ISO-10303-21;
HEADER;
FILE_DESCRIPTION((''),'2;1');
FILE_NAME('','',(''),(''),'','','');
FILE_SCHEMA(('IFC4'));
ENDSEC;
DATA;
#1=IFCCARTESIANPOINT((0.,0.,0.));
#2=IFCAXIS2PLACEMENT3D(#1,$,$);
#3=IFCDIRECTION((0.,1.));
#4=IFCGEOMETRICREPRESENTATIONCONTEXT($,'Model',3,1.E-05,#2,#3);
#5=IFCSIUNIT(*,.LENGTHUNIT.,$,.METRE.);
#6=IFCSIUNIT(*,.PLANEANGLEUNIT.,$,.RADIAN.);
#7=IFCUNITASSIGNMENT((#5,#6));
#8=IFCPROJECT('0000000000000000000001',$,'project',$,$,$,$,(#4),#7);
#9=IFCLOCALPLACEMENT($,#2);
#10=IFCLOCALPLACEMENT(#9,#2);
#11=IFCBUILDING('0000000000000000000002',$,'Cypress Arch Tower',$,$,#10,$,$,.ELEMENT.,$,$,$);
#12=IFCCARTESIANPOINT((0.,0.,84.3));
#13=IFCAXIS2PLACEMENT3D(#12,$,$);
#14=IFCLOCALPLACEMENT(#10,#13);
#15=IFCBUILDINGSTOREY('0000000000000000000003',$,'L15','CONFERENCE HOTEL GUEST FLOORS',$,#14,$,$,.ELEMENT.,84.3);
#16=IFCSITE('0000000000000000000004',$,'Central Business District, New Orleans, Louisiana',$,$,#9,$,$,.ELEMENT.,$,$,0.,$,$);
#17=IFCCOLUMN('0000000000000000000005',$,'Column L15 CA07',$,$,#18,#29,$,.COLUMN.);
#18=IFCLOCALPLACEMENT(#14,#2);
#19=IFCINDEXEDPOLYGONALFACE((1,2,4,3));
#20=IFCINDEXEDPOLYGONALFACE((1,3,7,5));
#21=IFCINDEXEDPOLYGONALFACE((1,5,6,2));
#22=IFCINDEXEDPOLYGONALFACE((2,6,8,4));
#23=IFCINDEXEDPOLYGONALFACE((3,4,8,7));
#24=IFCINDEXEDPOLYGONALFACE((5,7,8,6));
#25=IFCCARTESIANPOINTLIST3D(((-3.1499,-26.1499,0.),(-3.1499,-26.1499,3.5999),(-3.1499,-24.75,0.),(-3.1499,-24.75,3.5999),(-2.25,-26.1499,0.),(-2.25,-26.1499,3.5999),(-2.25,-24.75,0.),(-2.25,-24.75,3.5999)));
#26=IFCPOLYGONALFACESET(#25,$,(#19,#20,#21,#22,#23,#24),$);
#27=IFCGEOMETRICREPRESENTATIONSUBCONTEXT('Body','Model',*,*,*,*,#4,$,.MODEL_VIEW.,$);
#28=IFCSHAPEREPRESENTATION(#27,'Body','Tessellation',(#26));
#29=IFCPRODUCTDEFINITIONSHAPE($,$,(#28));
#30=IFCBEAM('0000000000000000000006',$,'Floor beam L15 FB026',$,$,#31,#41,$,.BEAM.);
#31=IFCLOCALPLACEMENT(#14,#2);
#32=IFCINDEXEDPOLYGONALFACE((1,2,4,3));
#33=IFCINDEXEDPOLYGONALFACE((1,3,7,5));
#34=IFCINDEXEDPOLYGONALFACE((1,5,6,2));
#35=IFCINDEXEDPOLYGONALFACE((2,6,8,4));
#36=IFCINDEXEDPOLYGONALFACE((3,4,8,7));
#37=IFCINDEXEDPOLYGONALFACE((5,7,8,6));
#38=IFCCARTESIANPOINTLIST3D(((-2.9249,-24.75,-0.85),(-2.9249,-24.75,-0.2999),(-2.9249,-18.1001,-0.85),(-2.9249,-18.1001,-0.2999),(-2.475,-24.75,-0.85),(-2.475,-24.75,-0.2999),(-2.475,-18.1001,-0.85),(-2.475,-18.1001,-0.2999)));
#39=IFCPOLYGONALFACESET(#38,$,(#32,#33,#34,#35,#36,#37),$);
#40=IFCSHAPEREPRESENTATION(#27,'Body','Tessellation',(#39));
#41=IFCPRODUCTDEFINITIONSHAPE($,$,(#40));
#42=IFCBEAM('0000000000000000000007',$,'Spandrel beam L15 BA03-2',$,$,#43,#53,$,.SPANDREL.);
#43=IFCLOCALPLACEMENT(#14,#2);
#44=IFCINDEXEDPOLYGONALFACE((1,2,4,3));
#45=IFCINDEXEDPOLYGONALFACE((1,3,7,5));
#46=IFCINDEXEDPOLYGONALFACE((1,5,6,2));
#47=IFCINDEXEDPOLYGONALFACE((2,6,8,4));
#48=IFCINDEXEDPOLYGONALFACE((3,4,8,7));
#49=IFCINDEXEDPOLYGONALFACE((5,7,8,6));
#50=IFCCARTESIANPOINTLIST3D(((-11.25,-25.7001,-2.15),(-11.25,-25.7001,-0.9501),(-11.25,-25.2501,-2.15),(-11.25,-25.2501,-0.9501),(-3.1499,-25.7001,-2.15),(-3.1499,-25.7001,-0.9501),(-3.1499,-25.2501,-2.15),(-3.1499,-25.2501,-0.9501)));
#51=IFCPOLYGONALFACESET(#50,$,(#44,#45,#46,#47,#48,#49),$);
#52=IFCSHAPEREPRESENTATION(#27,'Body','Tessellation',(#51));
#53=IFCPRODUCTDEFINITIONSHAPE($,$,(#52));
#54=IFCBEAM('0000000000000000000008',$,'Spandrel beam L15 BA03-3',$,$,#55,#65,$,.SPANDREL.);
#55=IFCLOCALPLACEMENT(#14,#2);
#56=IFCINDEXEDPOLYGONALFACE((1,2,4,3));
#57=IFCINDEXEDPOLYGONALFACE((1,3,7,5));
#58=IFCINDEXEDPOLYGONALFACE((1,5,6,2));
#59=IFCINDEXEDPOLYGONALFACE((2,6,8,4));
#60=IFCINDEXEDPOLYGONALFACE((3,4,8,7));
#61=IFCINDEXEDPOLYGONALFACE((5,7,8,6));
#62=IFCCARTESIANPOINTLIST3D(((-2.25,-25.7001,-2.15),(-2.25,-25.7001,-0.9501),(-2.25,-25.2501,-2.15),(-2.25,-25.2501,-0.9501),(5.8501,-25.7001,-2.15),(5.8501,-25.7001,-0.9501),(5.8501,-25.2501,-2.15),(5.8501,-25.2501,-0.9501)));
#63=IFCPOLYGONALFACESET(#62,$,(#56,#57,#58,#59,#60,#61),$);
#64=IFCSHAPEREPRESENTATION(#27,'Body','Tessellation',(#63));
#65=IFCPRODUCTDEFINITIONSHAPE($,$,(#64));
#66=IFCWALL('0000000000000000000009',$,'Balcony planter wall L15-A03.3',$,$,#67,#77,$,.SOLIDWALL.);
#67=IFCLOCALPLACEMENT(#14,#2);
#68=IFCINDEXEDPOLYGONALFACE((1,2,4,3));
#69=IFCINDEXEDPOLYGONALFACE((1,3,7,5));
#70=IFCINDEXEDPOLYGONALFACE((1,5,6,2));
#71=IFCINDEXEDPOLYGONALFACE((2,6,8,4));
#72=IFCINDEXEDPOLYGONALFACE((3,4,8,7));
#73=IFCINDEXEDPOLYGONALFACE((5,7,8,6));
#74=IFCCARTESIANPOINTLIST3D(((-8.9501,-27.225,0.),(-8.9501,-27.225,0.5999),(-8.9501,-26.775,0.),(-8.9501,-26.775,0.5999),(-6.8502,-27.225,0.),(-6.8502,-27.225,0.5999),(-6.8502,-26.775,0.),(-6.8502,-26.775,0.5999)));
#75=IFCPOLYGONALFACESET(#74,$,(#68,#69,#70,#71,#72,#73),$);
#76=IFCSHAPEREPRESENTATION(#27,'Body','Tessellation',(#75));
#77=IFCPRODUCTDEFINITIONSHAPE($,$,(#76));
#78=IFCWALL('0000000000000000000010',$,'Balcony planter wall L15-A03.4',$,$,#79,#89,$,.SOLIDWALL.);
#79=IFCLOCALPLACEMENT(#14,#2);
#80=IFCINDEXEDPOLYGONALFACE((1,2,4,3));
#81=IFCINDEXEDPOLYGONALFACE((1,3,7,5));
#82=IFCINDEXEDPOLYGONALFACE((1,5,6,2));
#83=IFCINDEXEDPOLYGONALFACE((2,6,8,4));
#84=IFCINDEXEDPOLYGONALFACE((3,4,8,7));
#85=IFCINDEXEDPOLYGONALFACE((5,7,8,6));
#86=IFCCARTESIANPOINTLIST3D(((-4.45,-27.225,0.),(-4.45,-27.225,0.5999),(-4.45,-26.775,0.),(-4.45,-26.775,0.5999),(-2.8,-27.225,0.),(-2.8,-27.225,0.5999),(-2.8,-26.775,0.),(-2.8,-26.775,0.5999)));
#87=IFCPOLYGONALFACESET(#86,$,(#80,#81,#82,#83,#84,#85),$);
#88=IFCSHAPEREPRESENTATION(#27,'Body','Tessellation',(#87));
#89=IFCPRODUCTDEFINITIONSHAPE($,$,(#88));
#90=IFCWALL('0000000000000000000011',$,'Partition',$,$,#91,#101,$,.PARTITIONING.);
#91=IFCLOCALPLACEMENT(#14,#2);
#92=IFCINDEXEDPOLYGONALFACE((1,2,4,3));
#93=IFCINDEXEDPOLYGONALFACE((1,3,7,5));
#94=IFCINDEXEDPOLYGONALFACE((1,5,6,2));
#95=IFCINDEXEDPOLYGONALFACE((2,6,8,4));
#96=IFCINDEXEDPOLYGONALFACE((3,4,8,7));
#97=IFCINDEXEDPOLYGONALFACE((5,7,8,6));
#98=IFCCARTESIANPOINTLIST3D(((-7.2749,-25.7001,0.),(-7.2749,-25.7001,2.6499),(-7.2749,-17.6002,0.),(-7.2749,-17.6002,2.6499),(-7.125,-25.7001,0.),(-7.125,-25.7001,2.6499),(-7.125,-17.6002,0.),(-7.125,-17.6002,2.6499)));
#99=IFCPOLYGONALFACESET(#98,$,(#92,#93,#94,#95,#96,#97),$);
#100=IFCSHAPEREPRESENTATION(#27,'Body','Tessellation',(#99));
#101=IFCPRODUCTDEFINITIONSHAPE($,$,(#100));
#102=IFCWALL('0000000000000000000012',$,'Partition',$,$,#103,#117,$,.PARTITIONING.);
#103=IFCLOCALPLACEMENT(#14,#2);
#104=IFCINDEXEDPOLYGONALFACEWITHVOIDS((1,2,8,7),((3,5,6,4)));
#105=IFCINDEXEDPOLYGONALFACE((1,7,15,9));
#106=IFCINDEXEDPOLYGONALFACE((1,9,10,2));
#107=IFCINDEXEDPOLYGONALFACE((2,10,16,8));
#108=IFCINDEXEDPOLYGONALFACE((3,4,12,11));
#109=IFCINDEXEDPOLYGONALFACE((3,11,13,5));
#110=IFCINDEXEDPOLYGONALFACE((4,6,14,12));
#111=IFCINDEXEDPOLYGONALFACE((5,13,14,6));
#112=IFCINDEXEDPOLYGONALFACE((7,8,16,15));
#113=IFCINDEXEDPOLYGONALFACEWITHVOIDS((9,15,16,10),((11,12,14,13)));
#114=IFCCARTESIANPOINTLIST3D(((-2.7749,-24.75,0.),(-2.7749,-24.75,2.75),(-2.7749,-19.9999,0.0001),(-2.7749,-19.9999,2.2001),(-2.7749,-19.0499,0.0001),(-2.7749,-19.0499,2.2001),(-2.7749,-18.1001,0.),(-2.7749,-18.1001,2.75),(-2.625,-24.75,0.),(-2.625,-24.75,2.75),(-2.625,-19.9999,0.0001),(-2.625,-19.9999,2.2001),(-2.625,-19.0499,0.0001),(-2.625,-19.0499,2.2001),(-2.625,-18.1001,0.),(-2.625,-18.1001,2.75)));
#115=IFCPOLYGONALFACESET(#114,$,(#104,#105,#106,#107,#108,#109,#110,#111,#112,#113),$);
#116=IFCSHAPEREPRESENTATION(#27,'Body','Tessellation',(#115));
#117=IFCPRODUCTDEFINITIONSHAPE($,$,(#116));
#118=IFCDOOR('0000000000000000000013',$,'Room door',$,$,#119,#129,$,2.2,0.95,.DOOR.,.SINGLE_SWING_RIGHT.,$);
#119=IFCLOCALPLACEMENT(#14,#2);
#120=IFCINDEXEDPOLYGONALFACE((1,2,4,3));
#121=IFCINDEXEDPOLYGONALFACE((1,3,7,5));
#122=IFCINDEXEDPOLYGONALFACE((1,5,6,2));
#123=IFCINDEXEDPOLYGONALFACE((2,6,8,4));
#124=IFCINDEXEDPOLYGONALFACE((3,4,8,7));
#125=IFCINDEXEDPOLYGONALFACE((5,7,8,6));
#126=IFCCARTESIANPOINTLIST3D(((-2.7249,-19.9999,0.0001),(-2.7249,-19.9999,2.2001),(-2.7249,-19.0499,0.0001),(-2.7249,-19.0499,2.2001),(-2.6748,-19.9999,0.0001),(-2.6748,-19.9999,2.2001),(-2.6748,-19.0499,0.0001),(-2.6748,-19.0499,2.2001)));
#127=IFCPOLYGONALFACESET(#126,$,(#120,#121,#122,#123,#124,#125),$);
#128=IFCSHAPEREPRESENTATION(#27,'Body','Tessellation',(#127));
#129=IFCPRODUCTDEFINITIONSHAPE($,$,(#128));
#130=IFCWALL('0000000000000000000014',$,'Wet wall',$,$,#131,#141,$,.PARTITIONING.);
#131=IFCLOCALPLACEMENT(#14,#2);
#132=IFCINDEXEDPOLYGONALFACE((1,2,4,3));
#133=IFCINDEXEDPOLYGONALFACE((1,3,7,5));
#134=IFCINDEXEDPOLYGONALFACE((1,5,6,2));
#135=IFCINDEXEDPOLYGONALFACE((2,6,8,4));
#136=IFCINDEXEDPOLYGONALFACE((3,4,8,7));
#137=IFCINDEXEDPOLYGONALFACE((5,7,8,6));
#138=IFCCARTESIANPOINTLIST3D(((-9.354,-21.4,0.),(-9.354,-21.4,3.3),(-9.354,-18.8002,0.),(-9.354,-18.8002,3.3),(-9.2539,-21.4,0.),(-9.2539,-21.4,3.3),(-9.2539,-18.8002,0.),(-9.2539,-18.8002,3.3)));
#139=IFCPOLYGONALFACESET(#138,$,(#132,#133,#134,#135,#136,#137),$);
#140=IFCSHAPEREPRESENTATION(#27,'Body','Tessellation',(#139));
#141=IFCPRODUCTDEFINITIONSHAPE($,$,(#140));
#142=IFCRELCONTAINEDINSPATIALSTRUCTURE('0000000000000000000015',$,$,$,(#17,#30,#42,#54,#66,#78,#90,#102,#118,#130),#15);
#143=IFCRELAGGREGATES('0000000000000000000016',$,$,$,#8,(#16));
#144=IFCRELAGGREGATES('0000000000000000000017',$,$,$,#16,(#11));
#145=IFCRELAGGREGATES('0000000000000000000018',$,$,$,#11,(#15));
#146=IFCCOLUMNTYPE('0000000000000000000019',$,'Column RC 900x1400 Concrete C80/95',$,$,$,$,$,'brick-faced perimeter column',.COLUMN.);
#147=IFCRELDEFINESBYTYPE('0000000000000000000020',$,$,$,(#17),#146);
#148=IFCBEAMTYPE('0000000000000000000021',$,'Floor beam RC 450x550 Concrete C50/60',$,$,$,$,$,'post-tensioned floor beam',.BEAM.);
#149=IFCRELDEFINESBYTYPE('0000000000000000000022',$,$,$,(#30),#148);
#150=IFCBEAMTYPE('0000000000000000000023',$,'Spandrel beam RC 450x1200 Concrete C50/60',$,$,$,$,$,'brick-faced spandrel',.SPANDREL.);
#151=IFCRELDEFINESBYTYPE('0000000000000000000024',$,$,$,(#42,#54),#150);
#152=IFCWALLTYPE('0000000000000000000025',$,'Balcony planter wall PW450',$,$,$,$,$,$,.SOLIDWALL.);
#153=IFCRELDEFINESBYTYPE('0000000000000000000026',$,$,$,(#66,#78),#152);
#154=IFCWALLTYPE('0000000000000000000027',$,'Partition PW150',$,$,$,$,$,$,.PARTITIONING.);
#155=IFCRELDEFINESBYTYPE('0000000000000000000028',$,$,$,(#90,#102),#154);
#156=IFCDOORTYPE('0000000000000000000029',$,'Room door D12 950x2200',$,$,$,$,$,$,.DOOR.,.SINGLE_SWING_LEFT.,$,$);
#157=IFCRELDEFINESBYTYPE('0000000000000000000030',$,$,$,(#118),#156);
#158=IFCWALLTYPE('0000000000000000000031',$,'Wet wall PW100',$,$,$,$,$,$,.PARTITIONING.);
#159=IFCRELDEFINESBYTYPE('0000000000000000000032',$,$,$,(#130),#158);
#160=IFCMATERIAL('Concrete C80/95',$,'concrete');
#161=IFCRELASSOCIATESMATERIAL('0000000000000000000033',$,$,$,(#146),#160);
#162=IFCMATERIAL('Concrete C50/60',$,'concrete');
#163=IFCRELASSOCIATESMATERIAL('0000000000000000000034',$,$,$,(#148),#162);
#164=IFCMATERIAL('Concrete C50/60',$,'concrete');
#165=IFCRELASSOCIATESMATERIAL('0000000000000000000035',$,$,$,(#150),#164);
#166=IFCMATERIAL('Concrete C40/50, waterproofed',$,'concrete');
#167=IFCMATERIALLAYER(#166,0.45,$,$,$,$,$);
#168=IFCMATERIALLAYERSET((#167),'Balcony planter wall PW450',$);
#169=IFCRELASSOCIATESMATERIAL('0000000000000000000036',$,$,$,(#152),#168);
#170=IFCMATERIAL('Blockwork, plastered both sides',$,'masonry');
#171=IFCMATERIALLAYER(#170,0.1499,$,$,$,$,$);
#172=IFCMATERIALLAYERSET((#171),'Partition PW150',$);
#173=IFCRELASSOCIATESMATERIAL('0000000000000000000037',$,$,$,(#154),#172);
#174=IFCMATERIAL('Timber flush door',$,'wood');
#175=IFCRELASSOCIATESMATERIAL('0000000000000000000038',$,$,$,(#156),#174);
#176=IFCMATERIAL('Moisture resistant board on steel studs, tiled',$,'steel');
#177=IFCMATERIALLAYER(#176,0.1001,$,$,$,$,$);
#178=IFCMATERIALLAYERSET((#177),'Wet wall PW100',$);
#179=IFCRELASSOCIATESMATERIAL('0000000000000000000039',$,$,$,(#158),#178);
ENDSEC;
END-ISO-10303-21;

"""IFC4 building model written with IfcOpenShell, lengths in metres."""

from ifc_helpers import new_model, si_unit, direction, frame, frame_2d, origin, origin_2d, place, context, subcontext, project, spatial, rectangle, extrude, material, layer, layer_set, material_profile, profile_set, type_object, element, fill, save


model = new_model("IFC4")

# Units and contexts
model_context = context("Model", 3, precision=1e-05, world=origin(), true_north=direction((0.0, 1.0)))
body_context = subcontext(model_context, "Body", "Model", "MODEL_VIEW")
ifc_project = project(units=[si_unit("LENGTHUNIT", "METRE"), si_unit("PLANEANGLEUNIT", "RADIAN")], contexts=[model_context])

# Site, building, storey
site_placement = place(None, origin())
site = spatial("IfcSite", under=ifc_project, at=site_placement, Name="Central Business District, New Orleans, Louisiana", CompositionType="ELEMENT", RefElevation=0.0)
building_placement = place(site_placement, origin())
building = spatial("IfcBuilding", under=site, at=building_placement, Name="Cypress Arch Tower", CompositionType="ELEMENT")
storey_placement = place(building_placement, frame((0.0, 0.0, 84.3)))
storey = spatial("IfcBuildingStorey", under=building, at=storey_placement, Name="L15", Description="CONFERENCE HOTEL GUEST FLOORS", CompositionType="ELEMENT", Elevation=84.3)

# Column
ifc_material_1 = material(Name="Concrete C80/95", Category="concrete")
ifc_material_profile_1 = material_profile(ifc_material_1, rectangle(XDim=0.8999, YDim=1.3999, at=origin_2d()), Name="RC 900x1400")
ifc_profile_set_1 = profile_set([ifc_material_profile_1], Name="Concrete C80/95")
column_type = type_object("IfcColumnType", Name="Column RC 900x1400 Concrete C80/95", ElementType="brick-faced perimeter column", PredefinedType="COLUMN", material=ifc_profile_set_1)
column_placement = place(storey_placement, frame((-2.7, -25.45, 0.0), z_axis=(0.0, 0.0, 1.0), x_axis=(1.0, 0.0, 0.0)))
element("IfcColumn", 1, at=column_placement, inside=storey, type_object=column_type, Name="Column L15 CA07", PredefinedType="COLUMN", context=body_context, shape_type="SweptSolid", body=[
    extrude(rectangle(XDim=0.8999, YDim=1.3999, at=origin_2d()), origin(), (0.0, 0.0, 1.0), 3.5999),
])

# Beams
ifc_material_2 = material(Name="Concrete C50/60", Category="concrete")
ifc_material_profile_2 = material_profile(ifc_material_2, rectangle(XDim=0.45, YDim=0.55, at=origin_2d()), Name="RC 450x550")
ifc_profile_set_2 = profile_set([ifc_material_profile_2], Name="Concrete C50/60")
beam_type_1 = type_object("IfcBeamType", Name="Floor beam RC 450x550 Concrete C50/60", ElementType="post-tensioned floor beam", PredefinedType="BEAM", material=ifc_profile_set_2)
beam_placement = place(storey_placement, frame((-2.7, -24.75, -0.575), z_axis=(0.0, 1.0, 0.0), x_axis=(-1.0, 0.0, 0.0)))
element("IfcBeam", 2, at=beam_placement, inside=storey, type_object=beam_type_1, Name="Floor beam L15 FB026", PredefinedType="BEAM", context=body_context, shape_type="SweptSolid", body=[
    extrude(rectangle(XDim=0.45, YDim=0.55, at=origin_2d()), origin(), (0.0, 0.0, 1.0), 6.6499),
])
ifc_material_3 = material(Name="Concrete C50/60", Category="concrete")
ifc_material_profile_3 = material_profile(ifc_material_3, rectangle(XDim=0.45, YDim=1.2, at=origin_2d()), Name="RC 450x1200")
ifc_profile_set_3 = profile_set([ifc_material_profile_3], Name="Concrete C50/60")
beam_type_2 = type_object("IfcBeamType", Name="Spandrel beam RC 450x1200 Concrete C50/60", ElementType="brick-faced spandrel", PredefinedType="SPANDREL", material=ifc_profile_set_3)
for number, where, z_axis, x_axis, name in (
    (3, (-11.25, -25.4751, -1.55), (1.0, 0.0, 0.0), (0.0, 1.0, 0.0), "Spandrel beam L15 BA03-2"),
    (4, (-2.25, -25.4751, -1.55), (1.0, 0.0, 0.0), (0.0, 1.0, 0.0), "Spandrel beam L15 BA03-3"),
):
    element("IfcBeam", number, at=place(storey_placement, frame(where, z_axis=z_axis, x_axis=x_axis)), inside=storey, type_object=beam_type_2, Name=name, PredefinedType="SPANDREL", context=body_context, shape_type="SweptSolid", body=[
        extrude(rectangle(XDim=0.45, YDim=1.2, at=origin_2d()), origin(), (0.0, 0.0, 1.0), 8.1001),
    ])

# Walls
ifc_material_4 = material(Name="Concrete C40/50, waterproofed", Category="concrete")
ifc_layer_1 = layer(ifc_material_4, 0.45)
ifc_layer_set_1 = layer_set([ifc_layer_1], Name="Balcony planter wall PW450")
wall_type_1 = type_object("IfcWallType", Name="Balcony planter wall PW450", PredefinedType="SOLIDWALL", material=ifc_layer_set_1)
wall_1_placement = place(storey_placement, frame((-8.95, -27.0, 0.0), z_axis=(0.0, 0.0, 1.0), x_axis=(1.0, 0.0, 0.0)))
element("IfcWall", 5, at=wall_1_placement, inside=storey, type_object=wall_type_1, Name="Balcony planter wall L15-A03.3", PredefinedType="SOLIDWALL", context=body_context, shape_type="SweptSolid", body=[
    extrude(rectangle(XDim=2.0999, YDim=0.45, at=frame_2d((1.0498, 0.0))), origin(), (0.0, 0.0, 1.0), 0.5999),
])
wall_2_placement = place(storey_placement, frame((-4.45, -27.0, 0.0), z_axis=(0.0, 0.0, 1.0), x_axis=(1.0, 0.0, 0.0)))
element("IfcWall", 6, at=wall_2_placement, inside=storey, type_object=wall_type_1, Name="Balcony planter wall L15-A03.4", PredefinedType="SOLIDWALL", context=body_context, shape_type="SweptSolid", body=[
    extrude(rectangle(XDim=1.6499, YDim=0.45, at=frame_2d((0.825, 0.0))), origin(), (0.0, 0.0, 1.0), 0.5999),
])

# Wall
ifc_material_5 = material(Name="Blockwork, plastered both sides", Category="masonry")
ifc_layer_2 = layer(ifc_material_5, 0.1499)
ifc_layer_set_2 = layer_set([ifc_layer_2], Name="Partition PW150")
wall_type_2 = type_object("IfcWallType", Name="Partition PW150", PredefinedType="PARTITIONING", material=ifc_layer_set_2)
wall_3_placement = place(storey_placement, frame((-7.2, -25.7, 0.0), z_axis=(0.0, 0.0, 1.0), x_axis=(0.0, 1.0, 0.0)))
element("IfcWall", 7, at=wall_3_placement, inside=storey, type_object=wall_type_2, Name="Partition", PredefinedType="PARTITIONING", context=body_context, shape_type="SweptSolid", body=[
    extrude(rectangle(XDim=8.0999, YDim=0.1499, at=frame_2d((4.0498, 0.0))), origin(), (0.0, 0.0, 1.0), 2.6499),
])

# Wall, opening, door
wall_4_placement = place(storey_placement, frame((-2.7, -24.75, 0.0), z_axis=(0.0, 0.0, 1.0), x_axis=(0.0, 1.0, 0.0)))
wall_4 = element("IfcWall", 8, at=wall_4_placement, inside=storey, type_object=wall_type_2, Name="Partition", PredefinedType="PARTITIONING", context=body_context, shape_type="SweptSolid", body=[
    extrude(rectangle(XDim=6.6499, YDim=0.1499, at=frame_2d((3.325, 0.0))), origin(), (0.0, 0.0, 1.0), 2.75),
])
opening_1_placement = place(wall_4_placement, frame((4.75, 0.0, 0.0)))
opening_1 = element("IfcOpeningElement", 9, at=opening_1_placement, cuts=wall_4, PredefinedType="OPENING", context=body_context, shape_type="SweptSolid", body=[
    extrude(rectangle(XDim=0.95, YDim=2.2, at=frame_2d((0.4751, 1.1001))), frame((0.0, 0.085, 0.0), z_axis=(0.0, -1.0, 0.0), x_axis=(1.0, 0.0, 0.0)), (0.0, 0.0, 1.0), 0.1699),
])
ifc_material_6 = material(Name="Timber flush door", Category="wood")
door_type_1 = type_object("IfcDoorType", Name="Room door D12 950x2200", OperationType="SINGLE_SWING_LEFT", PredefinedType="DOOR", material=ifc_material_6)
door_1_placement = place(opening_1_placement, origin())
door_1 = element("IfcDoor", 10, at=door_1_placement, inside=storey, type_object=door_type_1, Name="Room door", OperationType="SINGLE_SWING_RIGHT", OverallHeight=2.2, OverallWidth=0.95, PredefinedType="DOOR", context=body_context, shape_type="SweptSolid", body=[
    extrude(rectangle(XDim=0.95, YDim=2.2, at=frame_2d((0.4751, 1.1001))), frame((0.0, 0.0249, 0.0), z_axis=(0.0, -1.0, 0.0), x_axis=(1.0, 0.0, 0.0)), (0.0, 0.0, 1.0), 0.05),
])
fill(opening_1, door_1)

# Wall
ifc_material_7 = material(Name="Moisture resistant board on steel studs, tiled", Category="steel")
ifc_layer_3 = layer(ifc_material_7, 0.1001)
ifc_layer_set_3 = layer_set([ifc_layer_3], Name="Wet wall PW100")
wall_type_3 = type_object("IfcWallType", Name="Wet wall PW100", PredefinedType="PARTITIONING", material=ifc_layer_set_3)
wall_5_placement = place(storey_placement, frame((-9.304, -21.3999, 0.0), z_axis=(0.0, 0.0, 1.0), x_axis=(0.0, 1.0, 0.0)))
element("IfcWall", 11, at=wall_5_placement, inside=storey, type_object=wall_type_3, Name="Wet wall", PredefinedType="PARTITIONING", context=body_context, shape_type="SweptSolid", body=[
    extrude(rectangle(XDim=2.5999, YDim=0.1001, at=frame_2d((1.2998, 0.0))), origin(), (0.0, 0.0, 1.0), 3.3),
])

save(model, "model.ifc")
